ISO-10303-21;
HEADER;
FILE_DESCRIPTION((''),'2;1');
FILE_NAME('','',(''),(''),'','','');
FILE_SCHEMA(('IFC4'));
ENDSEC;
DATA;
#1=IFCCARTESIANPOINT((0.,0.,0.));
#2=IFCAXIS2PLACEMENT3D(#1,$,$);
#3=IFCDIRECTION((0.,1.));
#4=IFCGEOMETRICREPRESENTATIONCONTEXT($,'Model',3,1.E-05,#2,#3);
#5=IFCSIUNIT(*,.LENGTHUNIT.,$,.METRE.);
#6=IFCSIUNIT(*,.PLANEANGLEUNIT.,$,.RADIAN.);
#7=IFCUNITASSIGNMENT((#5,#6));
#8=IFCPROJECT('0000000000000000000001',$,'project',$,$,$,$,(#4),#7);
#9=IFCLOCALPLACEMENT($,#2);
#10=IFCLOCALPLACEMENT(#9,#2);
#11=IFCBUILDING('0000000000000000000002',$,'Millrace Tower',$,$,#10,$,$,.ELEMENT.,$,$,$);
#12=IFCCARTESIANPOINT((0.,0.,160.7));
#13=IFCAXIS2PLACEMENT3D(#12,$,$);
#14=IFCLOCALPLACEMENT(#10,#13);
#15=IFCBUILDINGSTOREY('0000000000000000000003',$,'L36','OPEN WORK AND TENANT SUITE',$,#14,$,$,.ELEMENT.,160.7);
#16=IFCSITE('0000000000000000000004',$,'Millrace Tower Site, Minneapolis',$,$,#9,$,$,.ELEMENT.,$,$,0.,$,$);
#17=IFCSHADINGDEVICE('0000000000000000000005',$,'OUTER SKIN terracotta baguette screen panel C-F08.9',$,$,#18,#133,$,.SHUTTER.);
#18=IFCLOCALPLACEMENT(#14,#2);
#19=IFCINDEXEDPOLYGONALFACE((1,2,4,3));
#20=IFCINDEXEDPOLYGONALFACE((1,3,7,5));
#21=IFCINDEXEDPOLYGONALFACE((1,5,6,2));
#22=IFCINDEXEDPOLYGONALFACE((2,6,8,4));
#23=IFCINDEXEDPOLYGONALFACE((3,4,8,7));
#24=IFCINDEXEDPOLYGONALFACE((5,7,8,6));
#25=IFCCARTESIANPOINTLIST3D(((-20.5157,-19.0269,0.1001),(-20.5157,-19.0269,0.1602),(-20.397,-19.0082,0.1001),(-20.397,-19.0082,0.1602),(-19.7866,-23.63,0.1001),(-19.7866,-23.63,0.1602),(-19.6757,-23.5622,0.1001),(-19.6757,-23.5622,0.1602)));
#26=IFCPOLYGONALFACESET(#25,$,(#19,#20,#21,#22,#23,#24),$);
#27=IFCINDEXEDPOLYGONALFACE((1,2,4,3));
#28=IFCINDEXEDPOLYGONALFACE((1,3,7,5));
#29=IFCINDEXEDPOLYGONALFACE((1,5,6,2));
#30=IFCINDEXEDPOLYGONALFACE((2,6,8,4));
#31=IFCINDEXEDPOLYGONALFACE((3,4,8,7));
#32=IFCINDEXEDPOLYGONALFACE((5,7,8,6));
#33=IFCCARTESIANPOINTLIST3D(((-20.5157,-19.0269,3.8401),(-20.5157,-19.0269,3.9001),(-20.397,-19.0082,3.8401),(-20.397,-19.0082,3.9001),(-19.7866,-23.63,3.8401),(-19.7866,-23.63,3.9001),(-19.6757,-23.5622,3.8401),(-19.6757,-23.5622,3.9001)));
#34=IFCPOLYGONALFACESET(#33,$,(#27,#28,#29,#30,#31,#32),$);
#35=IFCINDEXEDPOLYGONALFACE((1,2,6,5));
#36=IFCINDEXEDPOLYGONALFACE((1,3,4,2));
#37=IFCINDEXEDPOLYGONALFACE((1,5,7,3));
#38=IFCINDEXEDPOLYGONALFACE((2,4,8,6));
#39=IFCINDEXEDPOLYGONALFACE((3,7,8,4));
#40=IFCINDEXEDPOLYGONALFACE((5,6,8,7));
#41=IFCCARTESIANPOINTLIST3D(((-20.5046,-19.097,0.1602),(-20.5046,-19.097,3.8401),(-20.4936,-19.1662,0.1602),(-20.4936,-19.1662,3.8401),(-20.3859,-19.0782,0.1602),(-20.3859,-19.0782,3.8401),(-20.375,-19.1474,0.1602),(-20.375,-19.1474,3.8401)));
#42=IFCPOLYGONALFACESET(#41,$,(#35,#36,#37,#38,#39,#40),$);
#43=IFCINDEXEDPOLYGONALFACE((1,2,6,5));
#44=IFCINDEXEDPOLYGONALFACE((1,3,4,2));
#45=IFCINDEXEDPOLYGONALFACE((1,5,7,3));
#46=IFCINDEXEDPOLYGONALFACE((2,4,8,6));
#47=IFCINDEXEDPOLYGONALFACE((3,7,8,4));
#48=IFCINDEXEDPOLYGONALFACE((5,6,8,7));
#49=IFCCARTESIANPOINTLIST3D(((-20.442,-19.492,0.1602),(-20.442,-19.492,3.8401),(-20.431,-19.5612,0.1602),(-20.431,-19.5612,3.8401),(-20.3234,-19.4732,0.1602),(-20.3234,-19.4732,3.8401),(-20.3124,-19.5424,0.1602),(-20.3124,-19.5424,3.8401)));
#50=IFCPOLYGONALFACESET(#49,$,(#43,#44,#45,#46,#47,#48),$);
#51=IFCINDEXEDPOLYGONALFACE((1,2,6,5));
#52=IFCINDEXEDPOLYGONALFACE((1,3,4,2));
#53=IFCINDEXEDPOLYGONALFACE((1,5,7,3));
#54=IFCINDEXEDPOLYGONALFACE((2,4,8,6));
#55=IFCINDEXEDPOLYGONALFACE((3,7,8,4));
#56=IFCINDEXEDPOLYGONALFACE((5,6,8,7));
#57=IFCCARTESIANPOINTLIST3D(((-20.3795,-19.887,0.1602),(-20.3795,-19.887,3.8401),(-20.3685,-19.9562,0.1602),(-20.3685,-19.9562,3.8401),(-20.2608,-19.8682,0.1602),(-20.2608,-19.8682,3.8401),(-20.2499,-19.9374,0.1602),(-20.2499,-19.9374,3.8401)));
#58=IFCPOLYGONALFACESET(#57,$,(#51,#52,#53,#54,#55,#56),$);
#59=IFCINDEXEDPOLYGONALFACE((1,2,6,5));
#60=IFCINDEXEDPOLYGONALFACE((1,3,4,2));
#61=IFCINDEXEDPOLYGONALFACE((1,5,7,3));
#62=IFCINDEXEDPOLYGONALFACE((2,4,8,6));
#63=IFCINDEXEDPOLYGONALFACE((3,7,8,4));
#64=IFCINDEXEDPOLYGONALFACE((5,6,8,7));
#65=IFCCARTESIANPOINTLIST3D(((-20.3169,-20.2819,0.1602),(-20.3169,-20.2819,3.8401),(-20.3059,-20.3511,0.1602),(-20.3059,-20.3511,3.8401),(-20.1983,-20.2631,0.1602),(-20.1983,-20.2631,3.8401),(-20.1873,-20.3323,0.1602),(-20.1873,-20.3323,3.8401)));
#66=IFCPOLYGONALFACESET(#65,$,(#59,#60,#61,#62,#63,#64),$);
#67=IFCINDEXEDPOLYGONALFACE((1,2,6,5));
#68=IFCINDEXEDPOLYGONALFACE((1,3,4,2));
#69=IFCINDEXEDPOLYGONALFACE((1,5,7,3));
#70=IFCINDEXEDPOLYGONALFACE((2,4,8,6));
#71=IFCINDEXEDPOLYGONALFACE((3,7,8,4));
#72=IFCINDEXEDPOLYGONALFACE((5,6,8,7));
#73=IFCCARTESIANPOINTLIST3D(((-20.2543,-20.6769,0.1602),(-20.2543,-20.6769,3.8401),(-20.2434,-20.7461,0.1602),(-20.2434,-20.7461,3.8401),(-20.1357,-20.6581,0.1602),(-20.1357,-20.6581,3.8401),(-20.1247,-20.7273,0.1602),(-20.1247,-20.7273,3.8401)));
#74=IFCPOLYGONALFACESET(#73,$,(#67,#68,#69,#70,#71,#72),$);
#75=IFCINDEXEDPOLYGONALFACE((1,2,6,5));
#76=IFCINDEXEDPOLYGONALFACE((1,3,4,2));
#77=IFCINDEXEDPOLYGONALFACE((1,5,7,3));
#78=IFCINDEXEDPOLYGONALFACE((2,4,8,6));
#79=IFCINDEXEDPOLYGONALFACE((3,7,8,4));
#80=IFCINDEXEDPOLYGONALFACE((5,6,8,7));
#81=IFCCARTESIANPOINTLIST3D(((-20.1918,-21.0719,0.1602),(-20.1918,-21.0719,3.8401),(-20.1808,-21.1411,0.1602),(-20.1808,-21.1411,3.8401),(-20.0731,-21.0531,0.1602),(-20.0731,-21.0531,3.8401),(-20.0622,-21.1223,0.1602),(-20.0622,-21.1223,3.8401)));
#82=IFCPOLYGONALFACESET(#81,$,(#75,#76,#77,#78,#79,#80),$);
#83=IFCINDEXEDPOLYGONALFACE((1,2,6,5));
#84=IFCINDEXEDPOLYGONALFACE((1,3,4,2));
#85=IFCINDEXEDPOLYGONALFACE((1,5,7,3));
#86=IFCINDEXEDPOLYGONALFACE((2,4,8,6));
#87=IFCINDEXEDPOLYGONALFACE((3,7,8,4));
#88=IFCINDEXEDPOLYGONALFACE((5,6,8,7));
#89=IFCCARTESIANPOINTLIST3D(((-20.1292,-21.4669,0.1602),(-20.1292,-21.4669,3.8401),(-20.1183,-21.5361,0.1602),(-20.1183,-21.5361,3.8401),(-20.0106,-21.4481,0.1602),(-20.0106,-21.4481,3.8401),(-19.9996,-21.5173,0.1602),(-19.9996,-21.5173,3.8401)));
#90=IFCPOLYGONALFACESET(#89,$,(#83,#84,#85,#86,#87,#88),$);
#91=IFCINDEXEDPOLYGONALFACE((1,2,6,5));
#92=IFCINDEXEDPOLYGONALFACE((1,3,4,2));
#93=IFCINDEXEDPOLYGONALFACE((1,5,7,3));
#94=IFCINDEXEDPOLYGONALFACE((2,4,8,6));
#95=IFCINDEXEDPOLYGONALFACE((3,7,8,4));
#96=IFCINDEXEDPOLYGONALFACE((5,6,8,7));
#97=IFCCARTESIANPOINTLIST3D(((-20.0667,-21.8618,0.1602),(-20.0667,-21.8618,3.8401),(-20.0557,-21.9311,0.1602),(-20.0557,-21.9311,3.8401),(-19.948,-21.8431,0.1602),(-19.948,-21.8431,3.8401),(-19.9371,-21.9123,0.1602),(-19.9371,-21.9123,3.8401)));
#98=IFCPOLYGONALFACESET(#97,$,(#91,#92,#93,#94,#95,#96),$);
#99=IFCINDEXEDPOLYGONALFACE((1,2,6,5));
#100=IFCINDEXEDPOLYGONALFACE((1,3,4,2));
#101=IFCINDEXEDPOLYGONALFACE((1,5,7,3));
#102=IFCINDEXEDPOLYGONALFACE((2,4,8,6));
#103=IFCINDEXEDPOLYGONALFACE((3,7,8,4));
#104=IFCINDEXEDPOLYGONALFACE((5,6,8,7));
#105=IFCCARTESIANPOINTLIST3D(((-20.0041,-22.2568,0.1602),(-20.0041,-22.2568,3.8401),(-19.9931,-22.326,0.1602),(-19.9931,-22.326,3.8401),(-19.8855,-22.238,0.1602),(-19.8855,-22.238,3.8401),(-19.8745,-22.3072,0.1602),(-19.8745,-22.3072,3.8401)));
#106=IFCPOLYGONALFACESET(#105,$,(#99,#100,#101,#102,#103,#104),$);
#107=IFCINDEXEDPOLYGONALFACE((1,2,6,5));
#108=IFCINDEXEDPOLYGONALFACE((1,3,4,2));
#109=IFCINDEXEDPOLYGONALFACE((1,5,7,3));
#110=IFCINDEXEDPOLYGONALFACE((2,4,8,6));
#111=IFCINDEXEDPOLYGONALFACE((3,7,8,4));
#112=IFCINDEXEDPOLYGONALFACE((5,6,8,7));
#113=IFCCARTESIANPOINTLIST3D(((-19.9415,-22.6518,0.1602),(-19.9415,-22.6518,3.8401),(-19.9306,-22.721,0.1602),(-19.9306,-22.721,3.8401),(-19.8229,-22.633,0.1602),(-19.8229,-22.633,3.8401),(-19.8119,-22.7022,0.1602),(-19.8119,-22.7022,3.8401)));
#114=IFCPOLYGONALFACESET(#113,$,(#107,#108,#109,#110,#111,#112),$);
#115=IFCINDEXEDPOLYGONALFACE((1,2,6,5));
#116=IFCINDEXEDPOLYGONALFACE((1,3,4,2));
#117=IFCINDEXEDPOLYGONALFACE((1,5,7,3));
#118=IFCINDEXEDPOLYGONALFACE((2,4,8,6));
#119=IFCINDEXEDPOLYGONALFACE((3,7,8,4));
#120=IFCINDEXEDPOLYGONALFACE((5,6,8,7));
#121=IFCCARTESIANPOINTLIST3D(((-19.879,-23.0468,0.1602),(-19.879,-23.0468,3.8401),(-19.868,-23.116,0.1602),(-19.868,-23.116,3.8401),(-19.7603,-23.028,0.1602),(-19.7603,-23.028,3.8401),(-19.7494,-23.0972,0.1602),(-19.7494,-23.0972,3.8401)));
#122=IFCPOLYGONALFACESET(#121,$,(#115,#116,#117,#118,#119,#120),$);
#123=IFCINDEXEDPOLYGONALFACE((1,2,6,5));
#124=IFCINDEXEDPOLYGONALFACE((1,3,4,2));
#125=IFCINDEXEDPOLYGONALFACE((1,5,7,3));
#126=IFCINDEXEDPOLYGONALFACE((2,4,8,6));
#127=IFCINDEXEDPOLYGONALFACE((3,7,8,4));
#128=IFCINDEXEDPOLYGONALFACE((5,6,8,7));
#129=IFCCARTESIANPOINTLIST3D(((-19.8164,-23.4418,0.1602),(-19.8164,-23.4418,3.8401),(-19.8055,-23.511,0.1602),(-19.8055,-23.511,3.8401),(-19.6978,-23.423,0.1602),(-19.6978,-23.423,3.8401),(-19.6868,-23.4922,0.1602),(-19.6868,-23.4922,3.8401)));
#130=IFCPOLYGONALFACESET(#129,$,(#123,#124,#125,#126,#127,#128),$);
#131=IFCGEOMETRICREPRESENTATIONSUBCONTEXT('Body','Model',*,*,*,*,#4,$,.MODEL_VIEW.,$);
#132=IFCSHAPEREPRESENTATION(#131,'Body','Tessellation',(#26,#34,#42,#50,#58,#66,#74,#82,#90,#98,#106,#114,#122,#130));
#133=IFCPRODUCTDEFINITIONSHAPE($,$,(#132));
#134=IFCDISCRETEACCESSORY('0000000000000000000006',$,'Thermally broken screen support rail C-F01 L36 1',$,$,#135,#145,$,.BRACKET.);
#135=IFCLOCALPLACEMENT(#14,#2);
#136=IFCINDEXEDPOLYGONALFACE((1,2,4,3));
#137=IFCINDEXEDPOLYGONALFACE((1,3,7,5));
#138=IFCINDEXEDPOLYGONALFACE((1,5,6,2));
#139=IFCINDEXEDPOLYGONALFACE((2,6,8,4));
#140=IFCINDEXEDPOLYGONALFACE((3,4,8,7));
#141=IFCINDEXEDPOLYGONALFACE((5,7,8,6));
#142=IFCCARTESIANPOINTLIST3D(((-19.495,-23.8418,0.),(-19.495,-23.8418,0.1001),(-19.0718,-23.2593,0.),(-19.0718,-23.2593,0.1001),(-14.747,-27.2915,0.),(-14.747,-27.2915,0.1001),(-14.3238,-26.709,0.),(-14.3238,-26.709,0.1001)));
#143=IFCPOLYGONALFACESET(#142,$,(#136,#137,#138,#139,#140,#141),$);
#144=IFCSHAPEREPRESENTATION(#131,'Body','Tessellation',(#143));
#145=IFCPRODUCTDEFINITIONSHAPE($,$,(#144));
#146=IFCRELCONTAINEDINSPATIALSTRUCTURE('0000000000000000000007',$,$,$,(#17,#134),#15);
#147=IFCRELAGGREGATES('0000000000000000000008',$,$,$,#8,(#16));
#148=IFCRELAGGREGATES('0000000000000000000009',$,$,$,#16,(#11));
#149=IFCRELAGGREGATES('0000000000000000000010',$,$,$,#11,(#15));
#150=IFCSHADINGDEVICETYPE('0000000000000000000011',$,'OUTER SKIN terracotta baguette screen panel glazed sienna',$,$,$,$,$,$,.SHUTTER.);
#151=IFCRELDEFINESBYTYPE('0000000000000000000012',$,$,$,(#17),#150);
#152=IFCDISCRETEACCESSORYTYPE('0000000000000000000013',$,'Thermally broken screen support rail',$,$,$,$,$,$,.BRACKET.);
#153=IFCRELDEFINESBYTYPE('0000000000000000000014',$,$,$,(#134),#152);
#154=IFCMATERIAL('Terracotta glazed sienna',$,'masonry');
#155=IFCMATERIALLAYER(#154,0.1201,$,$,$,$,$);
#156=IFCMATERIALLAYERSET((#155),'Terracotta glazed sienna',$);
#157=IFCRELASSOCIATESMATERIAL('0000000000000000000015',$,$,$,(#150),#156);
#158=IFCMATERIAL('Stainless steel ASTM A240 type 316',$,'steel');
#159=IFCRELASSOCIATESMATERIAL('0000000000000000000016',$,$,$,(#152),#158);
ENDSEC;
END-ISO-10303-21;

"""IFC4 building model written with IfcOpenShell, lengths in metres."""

from ifc_helpers import new_model, entity, si_unit, direction, frame, frame_2d, origin, origin_2d, place, context, subcontext, project, spatial, rectangle, extrude, source, transform, mapped, material, layer, layer_set, type_object, element, save


model = new_model("IFC4")

# Units and contexts
model_context = context("Model", 3, precision=1e-05, world=origin(), true_north=direction((0.0, 1.0)))
body_context = subcontext(model_context, "Body", "Model", "MODEL_VIEW")
ifc_project = project(units=[si_unit("LENGTHUNIT", "METRE"), si_unit("PLANEANGLEUNIT", "RADIAN")], contexts=[model_context])

# Site, building, storey
site_placement = place(None, origin())
site = spatial("IfcSite", under=ifc_project, at=site_placement, Name="Millrace Tower Site, Minneapolis", CompositionType="ELEMENT", RefElevation=0.0)
building_placement = place(site_placement, origin())
building = spatial("IfcBuilding", under=site, at=building_placement, Name="Millrace Tower", CompositionType="ELEMENT")
storey_placement = place(building_placement, frame((0.0, 0.0, 160.7)))
storey = spatial("IfcBuildingStorey", under=building, at=storey_placement, Name="L36", Description="OPEN WORK AND TENANT SUITE", CompositionType="ELEMENT", Elevation=160.7)

# Shading device
ifc_material_1 = material(Name="Terracotta glazed sienna", Category="masonry")
ifc_layer_1 = layer(ifc_material_1, 0.1201)
ifc_layer_set_1 = layer_set([ifc_layer_1], Name="Terracotta glazed sienna")
shading_device_type = type_object("IfcShadingDeviceType", Name="OUTER SKIN terracotta baguette screen panel glazed sienna", PredefinedType="SHUTTER", material=ifc_layer_set_1)
cartesian_point_1 = entity("IfcCartesianPoint", [-2.3179, 0.0601])
shared_polyline_1 = entity("IfcPolyline", [cartesian_point_1, entity("IfcCartesianPoint", [2.293, 0.0601]), entity("IfcCartesianPoint", [2.3425, -0.0601]), entity("IfcCartesianPoint", [-2.3179, -0.0601]), cartesian_point_1])
shared_shape_1 = source(origin(), body_context, "Body", "SweptSolid", [
    entity("IfcExtrudedAreaSolid", entity("IfcArbitraryClosedProfileDef", "AREA", None, shared_polyline_1), entity("IfcAxis2Placement3D", entity("IfcCartesianPoint", [0.0, 0.0, 0.0])), entity("IfcDirection", [0.0, 0.0, 1.0]), 0.0601),
    entity("IfcExtrudedAreaSolid", entity("IfcArbitraryClosedProfileDef", "AREA", None, shared_polyline_1), entity("IfcAxis2Placement3D", entity("IfcCartesianPoint", [0.0, 0.0, 3.74])), entity("IfcDirection", [0.0, 0.0, 1.0]), 0.0601),
    extrude(rectangle(XDim=0.0701, YDim=0.1201, at=frame_2d((-2.2119, 0.0))), frame((0.0, 0.0, 0.0601)), (0.0, 0.0, 1.0), 3.6799),
    extrude(rectangle(XDim=0.0701, YDim=0.1201, at=frame_2d((-1.812, 0.0))), frame((0.0, 0.0, 0.0601)), (0.0, 0.0, 1.0), 3.6799),
    extrude(rectangle(XDim=0.0701, YDim=0.1201, at=frame_2d((-1.4121, 0.0))), frame((0.0, 0.0, 0.0601)), (0.0, 0.0, 1.0), 3.6799),
    extrude(rectangle(XDim=0.0701, YDim=0.1201, at=frame_2d((-1.0122, 0.0))), frame((0.0, 0.0, 0.0601)), (0.0, 0.0, 1.0), 3.6799),
    extrude(rectangle(XDim=0.0701, YDim=0.1201, at=frame_2d((-0.6123, 0.0))), frame((0.0, 0.0, 0.0601)), (0.0, 0.0, 1.0), 3.6799),
    extrude(rectangle(XDim=0.0701, YDim=0.1201, at=frame_2d((-0.2124, 0.0))), frame((0.0, 0.0, 0.0601)), (0.0, 0.0, 1.0), 3.6799),
    extrude(rectangle(XDim=0.0701, YDim=0.1201, at=frame_2d((0.1875, 0.0))), frame((0.0, 0.0, 0.0601)), (0.0, 0.0, 1.0), 3.6799),
    extrude(rectangle(XDim=0.0701, YDim=0.1201, at=frame_2d((0.5874, 0.0))), frame((0.0, 0.0, 0.0601)), (0.0, 0.0, 1.0), 3.6799),
    extrude(rectangle(XDim=0.0701, YDim=0.1201, at=frame_2d((0.9873, 0.0))), frame((0.0, 0.0, 0.0601)), (0.0, 0.0, 1.0), 3.6799),
    extrude(rectangle(XDim=0.0701, YDim=0.1201, at=frame_2d((1.3872, 0.0))), frame((0.0, 0.0, 0.0601)), (0.0, 0.0, 1.0), 3.6799),
    extrude(rectangle(XDim=0.0701, YDim=0.1201, at=frame_2d((1.7871, 0.0))), frame((0.0, 0.0, 0.0601)), (0.0, 0.0, 1.0), 3.6799),
    extrude(rectangle(XDim=0.0701, YDim=0.1201, at=frame_2d((2.187, 0.0))), frame((0.0, 0.0, 0.0601)), (0.0, 0.0, 1.0), 3.6799),
])
shading_device_1_placement = place(storey_placement, frame((-20.0938, -21.3069, 0.1001), z_axis=(0.0, 0.0, 1.0), x_axis=(0.156434, -0.987688, 0.0)))
element("IfcShadingDevice", 1, at=shading_device_1_placement, inside=storey, type_object=shading_device_type, Name="OUTER SKIN terracotta baguette screen panel C-F08.9", PredefinedType="SHUTTER", context=body_context, shape_type="MappedRepresentation", body=[
    mapped(shared_shape_1, transform((0.0, 0.0, 0.0), scale=1.0)),
])

# Discrete accessory
ifc_material_2 = material(Name="Stainless steel ASTM A240 type 316", Category="steel")
discrete_accessory_type = type_object("IfcDiscreteAccessoryType", Name="Thermally broken screen support rail", PredefinedType="BRACKET", material=ifc_material_2)
discrete_accessory_placement = place(storey_placement, frame((-16.9094, -25.2754, 0.0), z_axis=(0.0, 0.0, 1.0), x_axis=(0.809017, -0.587785, 0.0)))
element("IfcDiscreteAccessory", 2, at=discrete_accessory_placement, inside=storey, type_object=discrete_accessory_type, Name="Thermally broken screen support rail C-F01 L36 1", PredefinedType="BRACKET", context=body_context, shape_type="SweptSolid", body=[
    extrude(rectangle(XDim=5.8689, YDim=0.72, at=origin_2d()), origin(), (0.0, 0.0, 1.0), 0.1001),
])

save(model, "model.ifc")
